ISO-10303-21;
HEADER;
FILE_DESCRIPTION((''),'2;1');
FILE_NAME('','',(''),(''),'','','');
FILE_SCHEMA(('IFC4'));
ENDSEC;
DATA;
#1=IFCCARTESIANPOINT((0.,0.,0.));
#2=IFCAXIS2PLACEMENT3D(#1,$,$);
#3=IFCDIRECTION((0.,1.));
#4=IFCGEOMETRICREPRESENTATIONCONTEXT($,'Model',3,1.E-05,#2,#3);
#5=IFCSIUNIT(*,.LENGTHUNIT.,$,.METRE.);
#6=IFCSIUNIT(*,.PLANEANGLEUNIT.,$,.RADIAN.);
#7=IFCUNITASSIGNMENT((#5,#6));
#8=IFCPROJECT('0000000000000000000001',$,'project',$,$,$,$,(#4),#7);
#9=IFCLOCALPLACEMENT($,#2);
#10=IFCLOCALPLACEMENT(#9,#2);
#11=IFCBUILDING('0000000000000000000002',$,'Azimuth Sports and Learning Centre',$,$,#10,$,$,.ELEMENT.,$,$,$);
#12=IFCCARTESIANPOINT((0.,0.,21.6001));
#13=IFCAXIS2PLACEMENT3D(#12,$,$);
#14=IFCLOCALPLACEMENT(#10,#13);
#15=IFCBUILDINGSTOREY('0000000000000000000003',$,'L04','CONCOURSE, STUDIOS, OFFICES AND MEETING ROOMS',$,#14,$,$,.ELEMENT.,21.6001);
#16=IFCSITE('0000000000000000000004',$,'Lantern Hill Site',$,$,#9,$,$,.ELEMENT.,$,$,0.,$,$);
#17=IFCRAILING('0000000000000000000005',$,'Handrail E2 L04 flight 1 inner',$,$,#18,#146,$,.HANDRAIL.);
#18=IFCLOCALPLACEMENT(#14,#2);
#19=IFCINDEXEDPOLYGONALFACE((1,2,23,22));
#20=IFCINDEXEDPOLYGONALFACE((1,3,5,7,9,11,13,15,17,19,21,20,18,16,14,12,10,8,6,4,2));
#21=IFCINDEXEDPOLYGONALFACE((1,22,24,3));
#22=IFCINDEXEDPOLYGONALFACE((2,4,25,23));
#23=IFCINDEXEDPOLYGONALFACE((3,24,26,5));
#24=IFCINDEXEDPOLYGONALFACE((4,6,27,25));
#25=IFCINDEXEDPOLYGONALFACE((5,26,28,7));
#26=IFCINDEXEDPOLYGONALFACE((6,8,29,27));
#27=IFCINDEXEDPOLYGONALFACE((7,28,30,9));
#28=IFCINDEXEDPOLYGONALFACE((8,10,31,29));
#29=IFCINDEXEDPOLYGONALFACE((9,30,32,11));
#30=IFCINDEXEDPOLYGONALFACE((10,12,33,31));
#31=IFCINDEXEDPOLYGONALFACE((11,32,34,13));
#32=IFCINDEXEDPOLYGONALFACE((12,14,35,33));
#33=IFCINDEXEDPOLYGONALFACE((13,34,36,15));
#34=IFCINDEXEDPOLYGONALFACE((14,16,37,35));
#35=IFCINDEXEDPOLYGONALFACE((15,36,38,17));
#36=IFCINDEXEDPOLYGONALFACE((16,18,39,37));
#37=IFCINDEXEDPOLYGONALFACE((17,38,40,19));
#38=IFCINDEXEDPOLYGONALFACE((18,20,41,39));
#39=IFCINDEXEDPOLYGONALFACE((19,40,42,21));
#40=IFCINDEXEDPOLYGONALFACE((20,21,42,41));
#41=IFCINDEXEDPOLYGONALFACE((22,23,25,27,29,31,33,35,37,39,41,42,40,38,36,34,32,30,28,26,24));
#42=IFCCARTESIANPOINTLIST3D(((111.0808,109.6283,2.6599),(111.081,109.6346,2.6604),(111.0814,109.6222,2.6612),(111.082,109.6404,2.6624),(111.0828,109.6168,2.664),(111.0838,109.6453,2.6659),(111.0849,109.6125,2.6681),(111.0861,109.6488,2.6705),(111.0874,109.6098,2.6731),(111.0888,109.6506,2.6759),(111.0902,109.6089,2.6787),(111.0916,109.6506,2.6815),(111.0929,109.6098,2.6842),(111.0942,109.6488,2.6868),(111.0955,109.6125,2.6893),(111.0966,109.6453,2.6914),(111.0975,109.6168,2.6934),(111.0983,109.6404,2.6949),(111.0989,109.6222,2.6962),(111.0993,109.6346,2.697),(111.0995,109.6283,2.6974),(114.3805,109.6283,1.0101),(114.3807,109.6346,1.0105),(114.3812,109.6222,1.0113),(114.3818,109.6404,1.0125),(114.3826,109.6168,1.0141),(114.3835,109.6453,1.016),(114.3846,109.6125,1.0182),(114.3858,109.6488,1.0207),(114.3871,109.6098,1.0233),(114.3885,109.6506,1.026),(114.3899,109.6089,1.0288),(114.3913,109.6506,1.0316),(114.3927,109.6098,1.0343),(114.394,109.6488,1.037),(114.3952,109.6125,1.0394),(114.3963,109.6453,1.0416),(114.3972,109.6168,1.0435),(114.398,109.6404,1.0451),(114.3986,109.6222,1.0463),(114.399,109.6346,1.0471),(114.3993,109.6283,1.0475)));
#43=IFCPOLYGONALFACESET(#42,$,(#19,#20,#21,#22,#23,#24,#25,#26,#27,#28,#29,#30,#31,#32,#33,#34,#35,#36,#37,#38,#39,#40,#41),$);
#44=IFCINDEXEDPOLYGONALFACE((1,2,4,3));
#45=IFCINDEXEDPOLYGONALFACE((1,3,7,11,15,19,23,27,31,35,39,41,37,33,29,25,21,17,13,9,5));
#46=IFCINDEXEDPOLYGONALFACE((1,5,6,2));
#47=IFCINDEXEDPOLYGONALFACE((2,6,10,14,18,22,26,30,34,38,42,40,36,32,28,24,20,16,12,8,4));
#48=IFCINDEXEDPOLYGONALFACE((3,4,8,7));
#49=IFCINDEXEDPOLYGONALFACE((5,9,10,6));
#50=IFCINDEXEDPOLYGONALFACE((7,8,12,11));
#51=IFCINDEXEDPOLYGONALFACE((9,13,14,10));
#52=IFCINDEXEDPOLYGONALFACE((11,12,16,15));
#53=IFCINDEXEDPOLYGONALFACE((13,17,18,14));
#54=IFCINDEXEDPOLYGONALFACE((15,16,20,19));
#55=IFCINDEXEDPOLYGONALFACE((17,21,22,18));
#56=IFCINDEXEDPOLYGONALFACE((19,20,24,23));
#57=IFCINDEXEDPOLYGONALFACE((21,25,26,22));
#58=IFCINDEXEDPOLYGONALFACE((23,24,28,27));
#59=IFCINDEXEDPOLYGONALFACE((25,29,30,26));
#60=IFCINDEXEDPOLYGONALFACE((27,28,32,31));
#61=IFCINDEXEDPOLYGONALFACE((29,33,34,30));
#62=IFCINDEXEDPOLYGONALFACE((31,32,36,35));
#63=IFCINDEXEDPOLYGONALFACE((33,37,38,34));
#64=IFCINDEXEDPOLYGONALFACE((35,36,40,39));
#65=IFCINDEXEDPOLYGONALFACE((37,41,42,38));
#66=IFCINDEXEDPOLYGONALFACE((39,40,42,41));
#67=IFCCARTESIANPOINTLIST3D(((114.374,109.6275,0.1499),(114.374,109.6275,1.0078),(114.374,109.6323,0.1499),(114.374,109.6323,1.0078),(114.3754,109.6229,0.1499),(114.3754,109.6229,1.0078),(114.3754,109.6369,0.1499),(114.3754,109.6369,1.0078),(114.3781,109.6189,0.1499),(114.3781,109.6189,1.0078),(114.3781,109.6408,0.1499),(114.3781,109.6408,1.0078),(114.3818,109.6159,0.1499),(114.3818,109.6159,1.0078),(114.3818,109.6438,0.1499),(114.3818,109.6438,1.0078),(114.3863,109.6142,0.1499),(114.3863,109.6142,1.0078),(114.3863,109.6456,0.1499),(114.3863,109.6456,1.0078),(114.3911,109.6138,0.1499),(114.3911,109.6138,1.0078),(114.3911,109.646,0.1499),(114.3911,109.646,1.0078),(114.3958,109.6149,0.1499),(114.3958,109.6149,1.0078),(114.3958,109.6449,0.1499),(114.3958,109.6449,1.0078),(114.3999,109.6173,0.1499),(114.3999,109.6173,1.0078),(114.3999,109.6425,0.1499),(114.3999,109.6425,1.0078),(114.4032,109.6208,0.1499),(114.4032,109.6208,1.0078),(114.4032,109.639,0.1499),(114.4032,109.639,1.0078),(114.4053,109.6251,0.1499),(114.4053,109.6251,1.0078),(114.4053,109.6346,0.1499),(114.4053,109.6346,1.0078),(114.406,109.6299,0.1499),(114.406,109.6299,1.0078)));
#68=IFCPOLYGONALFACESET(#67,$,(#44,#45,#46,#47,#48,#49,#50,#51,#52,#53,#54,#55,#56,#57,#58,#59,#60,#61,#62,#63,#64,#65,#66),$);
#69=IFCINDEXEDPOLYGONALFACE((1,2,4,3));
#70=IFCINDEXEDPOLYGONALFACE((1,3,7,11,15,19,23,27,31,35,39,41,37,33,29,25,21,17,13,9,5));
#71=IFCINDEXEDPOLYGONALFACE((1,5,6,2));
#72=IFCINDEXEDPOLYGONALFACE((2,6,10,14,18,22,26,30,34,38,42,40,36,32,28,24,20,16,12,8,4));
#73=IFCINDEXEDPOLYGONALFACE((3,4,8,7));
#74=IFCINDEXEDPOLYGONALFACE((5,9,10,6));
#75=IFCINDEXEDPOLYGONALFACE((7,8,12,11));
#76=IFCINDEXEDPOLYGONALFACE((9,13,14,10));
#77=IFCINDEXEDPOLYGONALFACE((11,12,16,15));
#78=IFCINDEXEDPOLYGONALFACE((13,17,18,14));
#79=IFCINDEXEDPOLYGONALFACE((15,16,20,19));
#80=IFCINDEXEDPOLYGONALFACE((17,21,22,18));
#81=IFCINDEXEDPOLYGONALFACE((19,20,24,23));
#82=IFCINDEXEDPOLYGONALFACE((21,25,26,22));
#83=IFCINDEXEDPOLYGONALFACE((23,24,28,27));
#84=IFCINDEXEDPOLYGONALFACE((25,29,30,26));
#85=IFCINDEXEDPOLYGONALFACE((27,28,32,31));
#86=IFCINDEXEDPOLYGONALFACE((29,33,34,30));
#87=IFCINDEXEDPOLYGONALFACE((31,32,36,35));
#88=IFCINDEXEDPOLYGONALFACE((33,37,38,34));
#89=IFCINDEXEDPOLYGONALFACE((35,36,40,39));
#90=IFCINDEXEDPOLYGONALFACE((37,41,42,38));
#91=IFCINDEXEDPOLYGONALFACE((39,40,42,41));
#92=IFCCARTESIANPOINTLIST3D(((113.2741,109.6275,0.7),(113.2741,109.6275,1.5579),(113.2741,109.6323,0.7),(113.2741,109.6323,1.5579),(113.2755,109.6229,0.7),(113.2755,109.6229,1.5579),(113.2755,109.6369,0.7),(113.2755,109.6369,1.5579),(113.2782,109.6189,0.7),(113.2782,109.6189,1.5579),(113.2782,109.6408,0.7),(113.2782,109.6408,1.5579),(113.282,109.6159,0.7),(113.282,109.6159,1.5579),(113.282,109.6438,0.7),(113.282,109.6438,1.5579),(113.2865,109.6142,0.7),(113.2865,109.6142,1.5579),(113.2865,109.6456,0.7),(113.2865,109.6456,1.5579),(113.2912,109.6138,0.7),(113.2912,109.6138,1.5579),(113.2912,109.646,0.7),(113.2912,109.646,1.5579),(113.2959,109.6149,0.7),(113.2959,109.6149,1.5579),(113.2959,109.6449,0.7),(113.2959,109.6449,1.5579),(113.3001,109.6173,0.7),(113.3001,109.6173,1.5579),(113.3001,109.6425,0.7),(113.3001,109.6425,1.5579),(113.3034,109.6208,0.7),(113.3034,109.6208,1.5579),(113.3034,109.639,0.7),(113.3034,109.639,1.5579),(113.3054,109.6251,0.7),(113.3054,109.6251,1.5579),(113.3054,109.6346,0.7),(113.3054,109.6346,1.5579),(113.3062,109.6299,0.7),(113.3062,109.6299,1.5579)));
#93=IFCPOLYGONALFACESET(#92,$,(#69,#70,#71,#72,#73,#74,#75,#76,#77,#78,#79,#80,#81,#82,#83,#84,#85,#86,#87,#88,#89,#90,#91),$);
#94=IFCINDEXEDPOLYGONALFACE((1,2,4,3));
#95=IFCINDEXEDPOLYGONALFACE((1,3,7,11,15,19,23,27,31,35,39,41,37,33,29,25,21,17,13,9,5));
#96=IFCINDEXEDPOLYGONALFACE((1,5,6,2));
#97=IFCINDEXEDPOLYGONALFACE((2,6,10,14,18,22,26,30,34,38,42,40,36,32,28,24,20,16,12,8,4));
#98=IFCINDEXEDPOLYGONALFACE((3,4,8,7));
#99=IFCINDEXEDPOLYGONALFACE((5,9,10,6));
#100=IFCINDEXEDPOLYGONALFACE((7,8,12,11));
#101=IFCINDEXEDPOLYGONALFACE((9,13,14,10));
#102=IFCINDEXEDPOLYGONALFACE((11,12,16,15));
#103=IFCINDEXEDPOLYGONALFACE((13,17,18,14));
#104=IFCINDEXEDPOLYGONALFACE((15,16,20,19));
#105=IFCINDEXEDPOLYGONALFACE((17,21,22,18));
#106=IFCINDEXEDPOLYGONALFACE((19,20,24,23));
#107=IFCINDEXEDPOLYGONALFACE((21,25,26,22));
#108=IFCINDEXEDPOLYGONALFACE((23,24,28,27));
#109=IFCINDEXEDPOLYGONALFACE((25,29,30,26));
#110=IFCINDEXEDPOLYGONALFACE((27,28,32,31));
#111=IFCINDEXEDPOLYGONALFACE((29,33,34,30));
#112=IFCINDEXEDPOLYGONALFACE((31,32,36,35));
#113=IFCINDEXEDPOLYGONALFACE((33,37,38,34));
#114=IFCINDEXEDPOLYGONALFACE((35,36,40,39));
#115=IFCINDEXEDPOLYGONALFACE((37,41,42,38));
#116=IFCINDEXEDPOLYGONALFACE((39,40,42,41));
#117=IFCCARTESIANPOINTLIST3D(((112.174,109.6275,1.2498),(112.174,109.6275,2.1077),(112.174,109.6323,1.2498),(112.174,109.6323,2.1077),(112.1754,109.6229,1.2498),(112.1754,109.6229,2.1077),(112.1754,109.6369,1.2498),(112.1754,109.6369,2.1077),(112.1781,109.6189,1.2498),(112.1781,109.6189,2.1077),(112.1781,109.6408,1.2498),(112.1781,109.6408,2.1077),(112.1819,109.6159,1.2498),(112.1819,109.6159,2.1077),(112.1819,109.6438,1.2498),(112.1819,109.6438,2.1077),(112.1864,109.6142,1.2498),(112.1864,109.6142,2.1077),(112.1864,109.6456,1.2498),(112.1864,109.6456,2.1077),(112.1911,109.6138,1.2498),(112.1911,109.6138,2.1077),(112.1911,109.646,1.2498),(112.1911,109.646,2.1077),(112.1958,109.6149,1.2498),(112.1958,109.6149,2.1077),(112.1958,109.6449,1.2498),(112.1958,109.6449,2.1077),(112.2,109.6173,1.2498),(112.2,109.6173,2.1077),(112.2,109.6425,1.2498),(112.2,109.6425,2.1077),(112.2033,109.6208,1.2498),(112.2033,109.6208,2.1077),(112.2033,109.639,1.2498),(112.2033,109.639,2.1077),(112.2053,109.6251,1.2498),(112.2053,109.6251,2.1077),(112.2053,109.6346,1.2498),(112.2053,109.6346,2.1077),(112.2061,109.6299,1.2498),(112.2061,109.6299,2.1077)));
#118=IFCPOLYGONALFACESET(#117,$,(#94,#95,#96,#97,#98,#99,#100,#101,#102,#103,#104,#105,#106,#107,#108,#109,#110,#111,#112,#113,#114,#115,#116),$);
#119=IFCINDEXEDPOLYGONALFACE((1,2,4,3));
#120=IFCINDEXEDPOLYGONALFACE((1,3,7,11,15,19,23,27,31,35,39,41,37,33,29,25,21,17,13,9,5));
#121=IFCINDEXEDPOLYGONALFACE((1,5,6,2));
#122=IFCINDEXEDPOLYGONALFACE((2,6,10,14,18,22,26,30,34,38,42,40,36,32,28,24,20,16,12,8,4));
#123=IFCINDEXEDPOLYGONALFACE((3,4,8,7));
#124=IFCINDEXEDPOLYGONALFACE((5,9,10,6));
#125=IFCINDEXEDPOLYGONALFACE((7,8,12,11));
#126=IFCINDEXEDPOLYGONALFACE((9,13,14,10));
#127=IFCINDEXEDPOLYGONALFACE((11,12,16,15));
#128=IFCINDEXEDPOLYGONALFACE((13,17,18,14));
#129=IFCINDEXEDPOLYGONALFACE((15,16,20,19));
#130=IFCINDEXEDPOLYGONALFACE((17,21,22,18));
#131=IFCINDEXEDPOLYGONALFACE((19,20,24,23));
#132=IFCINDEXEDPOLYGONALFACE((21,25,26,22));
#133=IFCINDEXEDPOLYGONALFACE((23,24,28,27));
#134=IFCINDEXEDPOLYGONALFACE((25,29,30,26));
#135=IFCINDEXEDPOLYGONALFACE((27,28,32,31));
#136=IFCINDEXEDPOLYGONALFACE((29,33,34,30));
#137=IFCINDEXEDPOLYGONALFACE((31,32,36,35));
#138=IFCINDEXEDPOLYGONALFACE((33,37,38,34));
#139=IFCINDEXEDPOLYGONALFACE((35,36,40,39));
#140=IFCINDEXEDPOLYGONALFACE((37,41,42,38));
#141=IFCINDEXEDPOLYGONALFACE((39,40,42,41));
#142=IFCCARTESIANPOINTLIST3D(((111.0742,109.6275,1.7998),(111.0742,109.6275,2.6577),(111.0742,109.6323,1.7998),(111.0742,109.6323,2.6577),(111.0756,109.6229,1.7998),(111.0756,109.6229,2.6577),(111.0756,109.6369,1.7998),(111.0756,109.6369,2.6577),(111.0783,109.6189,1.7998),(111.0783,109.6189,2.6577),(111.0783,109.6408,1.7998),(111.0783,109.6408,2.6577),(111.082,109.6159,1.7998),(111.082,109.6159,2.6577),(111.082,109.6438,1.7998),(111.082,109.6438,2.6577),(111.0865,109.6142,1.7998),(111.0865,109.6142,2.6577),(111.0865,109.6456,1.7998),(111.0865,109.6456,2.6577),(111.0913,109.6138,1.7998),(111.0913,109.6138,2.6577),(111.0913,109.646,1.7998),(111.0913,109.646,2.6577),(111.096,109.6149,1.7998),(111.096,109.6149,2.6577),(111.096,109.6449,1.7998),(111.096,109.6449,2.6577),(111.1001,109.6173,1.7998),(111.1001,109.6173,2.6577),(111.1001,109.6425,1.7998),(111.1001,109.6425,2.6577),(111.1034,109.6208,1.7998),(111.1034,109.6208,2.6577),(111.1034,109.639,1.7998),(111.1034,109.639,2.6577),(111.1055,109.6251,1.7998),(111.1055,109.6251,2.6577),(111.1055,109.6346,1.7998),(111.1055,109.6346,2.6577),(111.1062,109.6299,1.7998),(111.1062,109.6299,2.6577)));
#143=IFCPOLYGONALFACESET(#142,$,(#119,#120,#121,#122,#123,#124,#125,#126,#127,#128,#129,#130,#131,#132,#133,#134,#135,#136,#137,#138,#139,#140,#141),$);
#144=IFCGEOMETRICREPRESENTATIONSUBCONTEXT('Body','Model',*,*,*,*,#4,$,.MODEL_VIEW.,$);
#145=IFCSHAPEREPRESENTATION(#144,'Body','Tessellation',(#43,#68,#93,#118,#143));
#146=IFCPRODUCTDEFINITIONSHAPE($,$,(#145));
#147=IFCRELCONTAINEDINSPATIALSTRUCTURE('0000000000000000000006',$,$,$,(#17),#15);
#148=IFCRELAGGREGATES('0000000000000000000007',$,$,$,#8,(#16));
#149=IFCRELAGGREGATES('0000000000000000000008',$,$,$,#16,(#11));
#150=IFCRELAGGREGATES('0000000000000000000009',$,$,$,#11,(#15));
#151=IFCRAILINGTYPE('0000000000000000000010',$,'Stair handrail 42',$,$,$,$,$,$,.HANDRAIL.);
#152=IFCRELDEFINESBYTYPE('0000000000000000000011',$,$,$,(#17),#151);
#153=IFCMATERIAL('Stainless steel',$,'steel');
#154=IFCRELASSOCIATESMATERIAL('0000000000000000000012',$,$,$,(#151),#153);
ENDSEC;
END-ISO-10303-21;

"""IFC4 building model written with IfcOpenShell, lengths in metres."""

from ifc_helpers import new_model, si_unit, direction, frame, origin, origin_2d, place, context, subcontext, project, spatial, circle, extrude, material, type_object, element, save


model = new_model("IFC4")

# Units and contexts
model_context = context("Model", 3, precision=1e-05, world=origin(), true_north=direction((0.0, 1.0)))
body_context = subcontext(model_context, "Body", "Model", "MODEL_VIEW")
ifc_project = project(units=[si_unit("LENGTHUNIT", "METRE"), si_unit("PLANEANGLEUNIT", "RADIAN")], contexts=[model_context])

# Site, building, storey
site_placement = place(None, origin())
site = spatial("IfcSite", under=ifc_project, at=site_placement, Name="Lantern Hill Site", CompositionType="ELEMENT", RefElevation=0.0)
building_placement = place(site_placement, origin())
building = spatial("IfcBuilding", under=site, at=building_placement, Name="Azimuth Sports and Learning Centre", CompositionType="ELEMENT")
storey_placement = place(building_placement, frame((0.0, 0.0, 21.6001)))
storey = spatial("IfcBuildingStorey", under=building, at=storey_placement, Name="L04", Description="CONCOURSE, STUDIOS, OFFICES AND MEETING ROOMS", CompositionType="ELEMENT", Elevation=21.6001)

# Railing
ifc_material_1 = material(Name="Stainless steel", Category="steel")
railing_type_1 = type_object("IfcRailingType", Name="Stair handrail 42", PredefinedType="HANDRAIL", material=ifc_material_1)
for number, where, name in (
    (1, (114.3899, 109.6299, 0.1499), "Handrail E2 L04 flight 1 inner"),
):
    element("IfcRailing", number, at=place(storey_placement, frame(where)), inside=storey, type_object=railing_type_1, Name=name, PredefinedType="HANDRAIL", context=body_context, shape_type="SweptSolid", body=[
        extrude(circle(Radius=0.021, at=origin_2d()), frame((0.0, 0.0, 0.8789), z_axis=(-0.894427, 0.0, 0.447214), x_axis=(0.0, -1.0, 0.0)), (0.0, 0.0, 1.0), 3.6892),
        extrude(circle(Radius=0.0161, at=origin_2d()), origin(), (0.0, 0.0, 1.0), 0.8579),
        extrude(circle(Radius=0.0161, at=origin_2d()), frame((-1.0999, 0.0, 0.55)), (0.0, 0.0, 1.0), 0.8579),
        extrude(circle(Radius=0.0161, at=origin_2d()), frame((-2.2, 0.0, 1.0999)), (0.0, 0.0, 1.0), 0.8579),
        extrude(circle(Radius=0.0161, at=origin_2d()), frame((-3.2998, 0.0, 1.6499)), (0.0, 0.0, 1.0), 0.8579),
    ])

save(model, "model.ifc")
